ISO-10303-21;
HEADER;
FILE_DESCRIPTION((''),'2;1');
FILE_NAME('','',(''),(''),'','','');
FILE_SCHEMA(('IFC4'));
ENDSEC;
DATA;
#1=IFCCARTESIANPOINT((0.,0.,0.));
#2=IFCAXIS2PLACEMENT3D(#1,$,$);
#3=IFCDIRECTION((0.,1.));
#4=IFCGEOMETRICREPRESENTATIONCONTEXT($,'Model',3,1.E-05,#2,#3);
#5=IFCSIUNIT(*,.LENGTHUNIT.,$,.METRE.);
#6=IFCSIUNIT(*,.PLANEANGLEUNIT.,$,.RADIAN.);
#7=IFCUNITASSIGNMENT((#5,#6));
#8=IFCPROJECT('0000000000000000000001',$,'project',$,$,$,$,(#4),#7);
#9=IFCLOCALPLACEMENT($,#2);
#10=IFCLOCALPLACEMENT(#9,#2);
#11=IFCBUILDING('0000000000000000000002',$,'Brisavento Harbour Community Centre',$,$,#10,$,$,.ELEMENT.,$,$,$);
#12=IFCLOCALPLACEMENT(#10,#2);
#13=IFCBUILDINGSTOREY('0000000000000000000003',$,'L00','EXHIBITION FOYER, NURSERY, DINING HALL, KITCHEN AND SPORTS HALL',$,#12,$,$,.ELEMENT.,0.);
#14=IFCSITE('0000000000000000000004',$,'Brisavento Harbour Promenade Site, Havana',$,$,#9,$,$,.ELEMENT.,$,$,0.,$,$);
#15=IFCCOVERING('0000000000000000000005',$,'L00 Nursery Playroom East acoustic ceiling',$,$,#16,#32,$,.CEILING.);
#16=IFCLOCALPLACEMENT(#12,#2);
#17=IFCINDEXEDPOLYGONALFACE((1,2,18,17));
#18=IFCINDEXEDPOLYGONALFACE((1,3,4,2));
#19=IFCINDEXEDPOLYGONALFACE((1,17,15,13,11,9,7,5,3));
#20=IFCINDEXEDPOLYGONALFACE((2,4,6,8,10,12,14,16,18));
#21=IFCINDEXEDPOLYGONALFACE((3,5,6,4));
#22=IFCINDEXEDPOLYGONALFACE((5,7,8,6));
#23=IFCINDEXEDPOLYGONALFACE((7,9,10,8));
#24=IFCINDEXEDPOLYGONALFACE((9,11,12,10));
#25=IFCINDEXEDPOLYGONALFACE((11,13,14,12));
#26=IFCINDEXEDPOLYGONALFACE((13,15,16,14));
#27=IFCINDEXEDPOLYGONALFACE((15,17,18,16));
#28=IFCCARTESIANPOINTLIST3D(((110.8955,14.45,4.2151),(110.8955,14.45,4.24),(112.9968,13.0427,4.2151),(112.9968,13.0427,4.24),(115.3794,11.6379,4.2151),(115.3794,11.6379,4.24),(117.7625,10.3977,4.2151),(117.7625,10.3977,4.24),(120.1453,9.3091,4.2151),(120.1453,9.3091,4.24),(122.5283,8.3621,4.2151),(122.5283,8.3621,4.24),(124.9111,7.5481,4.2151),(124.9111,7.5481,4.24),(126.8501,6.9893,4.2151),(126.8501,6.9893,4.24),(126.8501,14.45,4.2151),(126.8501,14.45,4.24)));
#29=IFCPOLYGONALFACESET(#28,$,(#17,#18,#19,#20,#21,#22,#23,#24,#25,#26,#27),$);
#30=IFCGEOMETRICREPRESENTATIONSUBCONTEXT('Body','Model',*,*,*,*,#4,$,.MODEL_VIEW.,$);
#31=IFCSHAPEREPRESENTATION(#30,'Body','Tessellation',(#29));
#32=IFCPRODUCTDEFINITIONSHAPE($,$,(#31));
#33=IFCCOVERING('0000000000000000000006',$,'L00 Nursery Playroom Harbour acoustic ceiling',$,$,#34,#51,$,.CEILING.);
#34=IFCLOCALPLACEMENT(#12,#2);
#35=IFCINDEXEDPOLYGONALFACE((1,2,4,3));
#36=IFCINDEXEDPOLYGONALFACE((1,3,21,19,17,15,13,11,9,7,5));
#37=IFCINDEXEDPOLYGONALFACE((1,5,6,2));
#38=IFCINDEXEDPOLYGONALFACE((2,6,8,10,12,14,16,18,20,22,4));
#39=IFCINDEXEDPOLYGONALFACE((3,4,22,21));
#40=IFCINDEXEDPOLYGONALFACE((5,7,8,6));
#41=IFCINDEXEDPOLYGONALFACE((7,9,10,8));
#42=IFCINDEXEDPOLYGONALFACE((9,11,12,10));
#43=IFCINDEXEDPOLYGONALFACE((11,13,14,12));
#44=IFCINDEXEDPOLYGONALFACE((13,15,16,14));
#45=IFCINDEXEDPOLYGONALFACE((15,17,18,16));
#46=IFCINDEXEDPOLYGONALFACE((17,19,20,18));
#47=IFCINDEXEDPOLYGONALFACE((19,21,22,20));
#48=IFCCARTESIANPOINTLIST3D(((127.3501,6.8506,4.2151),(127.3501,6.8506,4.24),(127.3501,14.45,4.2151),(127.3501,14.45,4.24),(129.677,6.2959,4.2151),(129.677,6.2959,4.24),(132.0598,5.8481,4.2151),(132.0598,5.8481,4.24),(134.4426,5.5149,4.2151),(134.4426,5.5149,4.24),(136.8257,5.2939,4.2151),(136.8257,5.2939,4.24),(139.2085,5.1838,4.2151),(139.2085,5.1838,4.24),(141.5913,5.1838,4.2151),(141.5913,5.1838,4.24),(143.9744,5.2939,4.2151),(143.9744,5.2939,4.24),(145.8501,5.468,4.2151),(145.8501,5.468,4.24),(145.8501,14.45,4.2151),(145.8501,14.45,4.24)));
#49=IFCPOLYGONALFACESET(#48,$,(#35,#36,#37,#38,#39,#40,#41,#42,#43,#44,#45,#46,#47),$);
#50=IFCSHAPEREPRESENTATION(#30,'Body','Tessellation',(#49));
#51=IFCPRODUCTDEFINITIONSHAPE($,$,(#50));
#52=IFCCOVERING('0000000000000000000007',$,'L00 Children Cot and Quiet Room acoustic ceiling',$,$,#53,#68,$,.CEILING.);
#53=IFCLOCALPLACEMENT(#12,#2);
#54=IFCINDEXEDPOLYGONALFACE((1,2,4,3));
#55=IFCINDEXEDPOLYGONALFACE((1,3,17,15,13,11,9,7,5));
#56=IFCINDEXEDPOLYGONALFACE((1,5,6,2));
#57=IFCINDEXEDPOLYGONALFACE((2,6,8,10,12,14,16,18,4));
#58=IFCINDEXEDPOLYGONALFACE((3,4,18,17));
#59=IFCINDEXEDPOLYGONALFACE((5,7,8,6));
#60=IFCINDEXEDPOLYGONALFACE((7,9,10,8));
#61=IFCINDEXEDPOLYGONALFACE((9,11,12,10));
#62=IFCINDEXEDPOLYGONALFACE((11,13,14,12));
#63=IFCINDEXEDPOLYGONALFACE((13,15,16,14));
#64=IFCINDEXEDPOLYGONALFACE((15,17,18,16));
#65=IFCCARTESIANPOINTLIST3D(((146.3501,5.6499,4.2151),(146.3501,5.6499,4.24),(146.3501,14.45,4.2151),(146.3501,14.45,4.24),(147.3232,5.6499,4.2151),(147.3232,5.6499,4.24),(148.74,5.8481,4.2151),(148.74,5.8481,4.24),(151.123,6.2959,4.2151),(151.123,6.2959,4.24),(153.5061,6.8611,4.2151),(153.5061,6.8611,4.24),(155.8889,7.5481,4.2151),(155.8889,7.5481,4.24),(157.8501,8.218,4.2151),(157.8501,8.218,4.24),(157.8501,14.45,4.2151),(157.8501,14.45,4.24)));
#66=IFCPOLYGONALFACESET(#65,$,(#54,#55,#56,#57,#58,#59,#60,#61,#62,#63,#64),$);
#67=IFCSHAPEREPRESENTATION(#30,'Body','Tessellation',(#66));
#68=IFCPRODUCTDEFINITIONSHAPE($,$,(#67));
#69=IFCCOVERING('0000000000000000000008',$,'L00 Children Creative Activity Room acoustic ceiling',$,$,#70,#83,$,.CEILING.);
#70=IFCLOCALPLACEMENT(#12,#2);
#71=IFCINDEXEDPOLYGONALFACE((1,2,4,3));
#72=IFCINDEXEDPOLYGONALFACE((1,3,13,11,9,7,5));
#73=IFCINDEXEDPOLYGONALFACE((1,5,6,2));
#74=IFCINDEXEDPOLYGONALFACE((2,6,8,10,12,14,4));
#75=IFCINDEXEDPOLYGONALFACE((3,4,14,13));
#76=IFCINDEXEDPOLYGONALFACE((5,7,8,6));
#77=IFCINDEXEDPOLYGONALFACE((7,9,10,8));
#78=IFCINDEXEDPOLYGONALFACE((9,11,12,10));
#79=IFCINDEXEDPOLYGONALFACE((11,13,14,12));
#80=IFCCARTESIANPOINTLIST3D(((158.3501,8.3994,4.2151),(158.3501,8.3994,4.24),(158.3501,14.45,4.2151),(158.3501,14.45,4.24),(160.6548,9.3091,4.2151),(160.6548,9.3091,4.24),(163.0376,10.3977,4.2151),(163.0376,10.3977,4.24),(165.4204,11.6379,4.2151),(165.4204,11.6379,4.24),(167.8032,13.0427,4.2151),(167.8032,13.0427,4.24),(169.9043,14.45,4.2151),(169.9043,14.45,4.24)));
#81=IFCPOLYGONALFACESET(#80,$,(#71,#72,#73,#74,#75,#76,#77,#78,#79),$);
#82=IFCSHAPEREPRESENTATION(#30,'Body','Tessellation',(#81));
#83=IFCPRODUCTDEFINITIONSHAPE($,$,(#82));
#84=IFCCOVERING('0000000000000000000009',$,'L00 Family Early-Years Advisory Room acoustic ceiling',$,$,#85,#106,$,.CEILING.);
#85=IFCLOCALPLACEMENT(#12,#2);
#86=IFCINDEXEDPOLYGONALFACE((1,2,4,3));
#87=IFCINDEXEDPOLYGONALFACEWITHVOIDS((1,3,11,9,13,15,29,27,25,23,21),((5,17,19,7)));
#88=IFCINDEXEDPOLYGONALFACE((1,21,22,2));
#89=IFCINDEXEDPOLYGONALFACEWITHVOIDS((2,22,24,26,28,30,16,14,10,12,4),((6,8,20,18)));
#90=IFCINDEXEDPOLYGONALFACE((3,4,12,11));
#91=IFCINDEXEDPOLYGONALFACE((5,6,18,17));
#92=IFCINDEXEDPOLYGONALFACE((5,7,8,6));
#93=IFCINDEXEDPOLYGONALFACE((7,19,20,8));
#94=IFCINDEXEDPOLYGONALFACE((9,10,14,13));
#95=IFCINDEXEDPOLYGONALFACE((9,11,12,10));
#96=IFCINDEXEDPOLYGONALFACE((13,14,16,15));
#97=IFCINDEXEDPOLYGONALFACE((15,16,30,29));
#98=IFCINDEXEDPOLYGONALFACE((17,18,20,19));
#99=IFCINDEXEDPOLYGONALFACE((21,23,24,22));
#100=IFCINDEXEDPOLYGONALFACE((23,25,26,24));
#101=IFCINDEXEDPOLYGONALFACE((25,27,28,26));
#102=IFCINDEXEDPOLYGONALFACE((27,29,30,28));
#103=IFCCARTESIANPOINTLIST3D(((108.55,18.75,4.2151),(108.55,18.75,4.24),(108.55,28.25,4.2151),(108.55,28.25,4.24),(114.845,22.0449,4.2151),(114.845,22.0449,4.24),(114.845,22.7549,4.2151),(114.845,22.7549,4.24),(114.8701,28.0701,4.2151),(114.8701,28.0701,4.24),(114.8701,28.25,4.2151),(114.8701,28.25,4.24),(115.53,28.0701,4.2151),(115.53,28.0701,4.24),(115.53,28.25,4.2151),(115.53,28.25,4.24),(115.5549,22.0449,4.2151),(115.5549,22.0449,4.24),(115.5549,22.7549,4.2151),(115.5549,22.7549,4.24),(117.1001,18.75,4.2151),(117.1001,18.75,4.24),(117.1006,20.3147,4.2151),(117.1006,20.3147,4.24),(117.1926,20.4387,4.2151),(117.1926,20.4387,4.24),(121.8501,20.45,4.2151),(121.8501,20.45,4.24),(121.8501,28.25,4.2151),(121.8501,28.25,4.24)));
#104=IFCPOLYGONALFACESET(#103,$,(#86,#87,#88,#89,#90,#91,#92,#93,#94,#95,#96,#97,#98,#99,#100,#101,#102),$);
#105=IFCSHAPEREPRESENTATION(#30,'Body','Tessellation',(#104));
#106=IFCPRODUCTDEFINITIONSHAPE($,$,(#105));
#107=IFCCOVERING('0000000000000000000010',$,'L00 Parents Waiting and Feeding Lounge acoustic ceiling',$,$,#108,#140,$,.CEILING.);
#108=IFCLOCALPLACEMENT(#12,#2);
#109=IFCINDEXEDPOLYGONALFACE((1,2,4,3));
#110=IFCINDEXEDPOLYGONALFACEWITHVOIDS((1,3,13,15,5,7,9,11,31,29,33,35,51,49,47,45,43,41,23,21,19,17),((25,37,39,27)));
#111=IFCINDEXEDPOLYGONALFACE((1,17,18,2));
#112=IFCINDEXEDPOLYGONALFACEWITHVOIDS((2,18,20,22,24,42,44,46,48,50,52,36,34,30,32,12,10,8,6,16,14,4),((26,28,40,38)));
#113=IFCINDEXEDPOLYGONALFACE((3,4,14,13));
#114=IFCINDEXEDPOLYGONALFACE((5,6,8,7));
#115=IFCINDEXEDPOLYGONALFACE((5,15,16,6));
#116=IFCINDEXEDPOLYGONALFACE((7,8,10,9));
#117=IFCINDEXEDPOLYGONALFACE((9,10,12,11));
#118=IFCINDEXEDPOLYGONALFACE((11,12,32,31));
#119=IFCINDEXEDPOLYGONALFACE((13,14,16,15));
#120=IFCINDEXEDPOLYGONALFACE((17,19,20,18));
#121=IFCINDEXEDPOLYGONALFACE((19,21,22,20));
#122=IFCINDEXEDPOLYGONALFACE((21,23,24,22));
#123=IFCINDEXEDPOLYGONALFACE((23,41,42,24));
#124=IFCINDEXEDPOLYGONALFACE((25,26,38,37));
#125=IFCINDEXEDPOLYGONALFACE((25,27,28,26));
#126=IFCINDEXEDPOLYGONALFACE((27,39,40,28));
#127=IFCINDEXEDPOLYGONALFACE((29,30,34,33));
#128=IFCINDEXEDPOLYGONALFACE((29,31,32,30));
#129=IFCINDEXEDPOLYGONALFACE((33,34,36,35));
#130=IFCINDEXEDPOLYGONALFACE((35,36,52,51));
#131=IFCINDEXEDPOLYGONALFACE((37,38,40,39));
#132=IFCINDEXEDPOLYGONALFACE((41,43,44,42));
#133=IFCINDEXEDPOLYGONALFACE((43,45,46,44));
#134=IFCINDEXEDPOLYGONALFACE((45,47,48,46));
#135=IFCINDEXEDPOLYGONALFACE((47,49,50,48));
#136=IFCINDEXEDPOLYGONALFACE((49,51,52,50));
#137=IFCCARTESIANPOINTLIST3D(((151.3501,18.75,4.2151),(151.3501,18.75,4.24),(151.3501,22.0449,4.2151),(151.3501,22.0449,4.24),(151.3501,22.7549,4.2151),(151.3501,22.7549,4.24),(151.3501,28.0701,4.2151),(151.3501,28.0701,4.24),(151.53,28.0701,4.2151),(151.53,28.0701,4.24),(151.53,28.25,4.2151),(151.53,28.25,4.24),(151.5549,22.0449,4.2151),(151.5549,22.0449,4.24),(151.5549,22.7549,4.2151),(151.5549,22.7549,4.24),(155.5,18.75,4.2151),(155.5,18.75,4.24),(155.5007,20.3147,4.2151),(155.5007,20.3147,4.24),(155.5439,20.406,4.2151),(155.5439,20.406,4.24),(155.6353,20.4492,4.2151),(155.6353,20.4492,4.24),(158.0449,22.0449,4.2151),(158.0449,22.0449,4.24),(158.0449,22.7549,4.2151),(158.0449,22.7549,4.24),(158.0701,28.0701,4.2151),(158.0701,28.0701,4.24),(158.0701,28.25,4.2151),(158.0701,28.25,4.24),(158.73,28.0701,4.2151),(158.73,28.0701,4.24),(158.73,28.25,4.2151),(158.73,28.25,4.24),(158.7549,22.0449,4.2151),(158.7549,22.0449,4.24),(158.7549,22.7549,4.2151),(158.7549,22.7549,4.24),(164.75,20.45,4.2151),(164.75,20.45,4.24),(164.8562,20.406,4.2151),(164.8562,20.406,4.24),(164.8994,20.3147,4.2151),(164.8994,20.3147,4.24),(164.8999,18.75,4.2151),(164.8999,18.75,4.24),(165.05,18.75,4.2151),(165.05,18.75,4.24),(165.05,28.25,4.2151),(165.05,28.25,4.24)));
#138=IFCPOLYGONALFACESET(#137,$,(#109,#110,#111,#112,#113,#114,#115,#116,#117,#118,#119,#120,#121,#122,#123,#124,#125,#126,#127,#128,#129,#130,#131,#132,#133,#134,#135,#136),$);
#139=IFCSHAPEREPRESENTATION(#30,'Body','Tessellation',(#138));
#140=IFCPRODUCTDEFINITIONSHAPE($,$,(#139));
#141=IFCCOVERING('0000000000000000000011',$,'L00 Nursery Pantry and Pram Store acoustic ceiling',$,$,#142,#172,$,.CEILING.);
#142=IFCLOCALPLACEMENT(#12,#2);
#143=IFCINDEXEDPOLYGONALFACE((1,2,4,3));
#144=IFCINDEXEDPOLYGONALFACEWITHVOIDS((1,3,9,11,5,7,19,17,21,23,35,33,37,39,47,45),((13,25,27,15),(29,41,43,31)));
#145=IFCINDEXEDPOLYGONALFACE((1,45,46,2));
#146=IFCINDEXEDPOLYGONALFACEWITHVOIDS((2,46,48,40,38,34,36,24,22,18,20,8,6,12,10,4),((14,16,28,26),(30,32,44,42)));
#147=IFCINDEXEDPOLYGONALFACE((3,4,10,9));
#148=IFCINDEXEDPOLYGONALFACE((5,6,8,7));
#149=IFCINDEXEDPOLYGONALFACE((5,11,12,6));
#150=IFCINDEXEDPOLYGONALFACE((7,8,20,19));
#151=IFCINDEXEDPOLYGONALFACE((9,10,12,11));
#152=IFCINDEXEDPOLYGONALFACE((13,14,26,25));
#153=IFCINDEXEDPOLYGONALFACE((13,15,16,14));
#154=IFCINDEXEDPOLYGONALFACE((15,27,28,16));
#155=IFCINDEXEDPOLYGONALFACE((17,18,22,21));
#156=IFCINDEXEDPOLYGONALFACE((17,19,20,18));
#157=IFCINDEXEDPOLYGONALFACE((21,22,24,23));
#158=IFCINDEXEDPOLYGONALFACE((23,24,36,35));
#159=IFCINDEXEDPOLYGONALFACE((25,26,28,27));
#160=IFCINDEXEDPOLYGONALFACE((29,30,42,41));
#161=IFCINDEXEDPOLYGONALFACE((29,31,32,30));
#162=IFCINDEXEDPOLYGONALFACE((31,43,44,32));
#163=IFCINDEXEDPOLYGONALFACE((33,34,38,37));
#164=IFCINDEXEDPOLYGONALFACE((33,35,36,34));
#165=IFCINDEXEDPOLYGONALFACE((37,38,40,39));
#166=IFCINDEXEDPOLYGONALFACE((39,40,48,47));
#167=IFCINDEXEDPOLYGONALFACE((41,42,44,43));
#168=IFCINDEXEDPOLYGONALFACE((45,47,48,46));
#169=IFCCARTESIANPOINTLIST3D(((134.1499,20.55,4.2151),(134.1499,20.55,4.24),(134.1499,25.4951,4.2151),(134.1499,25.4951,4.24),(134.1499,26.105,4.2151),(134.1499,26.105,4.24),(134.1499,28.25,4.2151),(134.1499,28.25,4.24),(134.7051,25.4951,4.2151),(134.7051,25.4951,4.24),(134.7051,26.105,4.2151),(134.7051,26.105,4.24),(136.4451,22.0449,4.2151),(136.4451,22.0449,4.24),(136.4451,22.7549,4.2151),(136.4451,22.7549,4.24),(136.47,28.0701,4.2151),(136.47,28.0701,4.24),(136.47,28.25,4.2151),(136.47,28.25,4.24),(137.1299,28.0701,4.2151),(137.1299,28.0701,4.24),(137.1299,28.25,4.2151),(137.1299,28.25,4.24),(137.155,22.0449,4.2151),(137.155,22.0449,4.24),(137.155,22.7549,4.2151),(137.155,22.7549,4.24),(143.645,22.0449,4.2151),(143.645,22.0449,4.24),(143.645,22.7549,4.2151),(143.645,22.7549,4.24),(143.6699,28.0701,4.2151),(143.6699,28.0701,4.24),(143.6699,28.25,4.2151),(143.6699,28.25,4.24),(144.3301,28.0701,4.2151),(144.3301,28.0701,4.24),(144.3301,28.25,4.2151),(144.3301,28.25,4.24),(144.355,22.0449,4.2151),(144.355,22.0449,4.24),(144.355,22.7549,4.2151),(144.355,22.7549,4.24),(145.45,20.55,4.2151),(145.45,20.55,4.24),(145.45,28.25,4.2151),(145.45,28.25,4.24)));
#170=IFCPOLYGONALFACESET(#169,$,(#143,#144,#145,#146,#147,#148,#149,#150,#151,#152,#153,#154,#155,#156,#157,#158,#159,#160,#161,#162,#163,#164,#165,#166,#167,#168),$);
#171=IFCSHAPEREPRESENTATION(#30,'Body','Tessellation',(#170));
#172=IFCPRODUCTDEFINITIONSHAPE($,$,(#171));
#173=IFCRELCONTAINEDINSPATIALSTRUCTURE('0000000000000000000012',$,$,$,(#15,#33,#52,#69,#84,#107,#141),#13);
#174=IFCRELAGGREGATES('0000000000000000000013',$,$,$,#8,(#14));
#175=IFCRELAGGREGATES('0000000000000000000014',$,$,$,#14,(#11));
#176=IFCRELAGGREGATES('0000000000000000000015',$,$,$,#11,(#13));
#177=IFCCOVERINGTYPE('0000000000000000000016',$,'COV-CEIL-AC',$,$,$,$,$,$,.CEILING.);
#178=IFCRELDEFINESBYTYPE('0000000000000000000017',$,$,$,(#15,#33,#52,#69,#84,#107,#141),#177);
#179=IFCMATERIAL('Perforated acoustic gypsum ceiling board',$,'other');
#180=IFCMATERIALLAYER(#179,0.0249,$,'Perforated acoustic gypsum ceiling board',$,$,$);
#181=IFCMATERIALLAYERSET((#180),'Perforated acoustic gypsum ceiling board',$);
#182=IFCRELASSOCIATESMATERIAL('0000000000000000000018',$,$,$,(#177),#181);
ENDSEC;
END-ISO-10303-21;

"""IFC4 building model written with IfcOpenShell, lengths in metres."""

from ifc_helpers import new_model, si_unit, direction, frame, origin, place, context, subcontext, project, spatial, polyline, outline, extrude, material, layer, layer_set, type_object, element, save


model = new_model("IFC4")

# Units and contexts
model_context = context("Model", 3, precision=1e-05, world=origin(), true_north=direction((0.0, 1.0)))
body_context = subcontext(model_context, "Body", "Model", "MODEL_VIEW")
ifc_project = project(units=[si_unit("LENGTHUNIT", "METRE"), si_unit("PLANEANGLEUNIT", "RADIAN")], contexts=[model_context])

# Site, building, storey
site_placement = place(None, origin())
site = spatial("IfcSite", under=ifc_project, at=site_placement, Name="Brisavento Harbour Promenade Site, Havana", CompositionType="ELEMENT", RefElevation=0.0)
building_placement = place(site_placement, origin())
building = spatial("IfcBuilding", under=site, at=building_placement, Name="Brisavento Harbour Community Centre", CompositionType="ELEMENT")
storey_placement = place(building_placement, origin())
storey = spatial("IfcBuildingStorey", under=building, at=storey_placement, Name="L00", Description="EXHIBITION FOYER, NURSERY, DINING HALL, KITCHEN AND SPORTS HALL", CompositionType="ELEMENT", Elevation=0.0)

# Coverings
ifc_material_1 = material(Name="Perforated acoustic gypsum ceiling board", Category="other")
ifc_layer_1 = layer(ifc_material_1, 0.0249, Name="Perforated acoustic gypsum ceiling board")
ifc_layer_set_1 = layer_set([ifc_layer_1], Name="Perforated acoustic gypsum ceiling board")
covering_type_1 = type_object("IfcCoveringType", Name="COV-CEIL-AC", PredefinedType="CEILING", material=ifc_layer_set_1)
covering_1_placement = place(storey_placement, frame((0.0, 0.0, 4.2151)))
element("IfcCovering", 1, at=covering_1_placement, inside=storey, type_object=covering_type_1, Name="L00 Nursery Playroom East acoustic ceiling", PredefinedType="CEILING", context=body_context, shape_type="SweptSolid", body=[
    extrude(outline(polyline([(110.8955, 14.45), (112.9968, 13.0427), (115.3794, 11.6379), (117.7625, 10.3977), (120.1453, 9.3091), (122.5283, 8.3621), (124.9111, 7.5481), (126.8501, 6.9893), (126.8501, 14.45), (110.8955, 14.45)])), origin(), (0.0, 0.0, 1.0), 0.0249),
])
covering_2_placement = place(storey_placement, frame((0.0, 0.0, 4.2151)))
element("IfcCovering", 2, at=covering_2_placement, inside=storey, type_object=covering_type_1, Name="L00 Nursery Playroom Harbour acoustic ceiling", PredefinedType="CEILING", context=body_context, shape_type="SweptSolid", body=[
    extrude(outline(polyline([(127.3501, 6.8506), (129.677, 6.2959), (132.0598, 5.8481), (134.4426, 5.5149), (136.8257, 5.2939), (139.2085, 5.1838), (141.5913, 5.1838), (143.9744, 5.2939), (145.8501, 5.468), (145.8501, 14.45), (127.3501, 14.45), (127.3501, 6.8506)])), origin(), (0.0, 0.0, 1.0), 0.0249),
])
covering_3_placement = place(storey_placement, frame((0.0, 0.0, 4.2151)))
element("IfcCovering", 3, at=covering_3_placement, inside=storey, type_object=covering_type_1, Name="L00 Children Cot and Quiet Room acoustic ceiling", PredefinedType="CEILING", context=body_context, shape_type="SweptSolid", body=[
    extrude(outline(polyline([(147.3232, 5.6499), (148.74, 5.8481), (151.123, 6.2959), (153.5061, 6.8611), (155.8889, 7.5481), (157.8501, 8.218), (157.8501, 14.45), (146.3501, 14.45), (146.3501, 5.6499), (147.3232, 5.6499)])), origin(), (0.0, 0.0, 1.0), 0.0249),
])
covering_4_placement = place(storey_placement, frame((0.0, 0.0, 4.2151)))
element("IfcCovering", 4, at=covering_4_placement, inside=storey, type_object=covering_type_1, Name="L00 Children Creative Activity Room acoustic ceiling", PredefinedType="CEILING", context=body_context, shape_type="SweptSolid", body=[
    extrude(outline(polyline([(158.3501, 8.3994), (160.6548, 9.3091), (163.0376, 10.3977), (165.4204, 11.6379), (167.8032, 13.0427), (169.9043, 14.45), (158.3501, 14.45), (158.3501, 8.3994)])), origin(), (0.0, 0.0, 1.0), 0.0249),
])
covering_5_placement = place(storey_placement, frame((0.0, 0.0, 4.2151)))
element("IfcCovering", 5, at=covering_5_placement, inside=storey, type_object=covering_type_1, Name="L00 Family Early-Years Advisory Room acoustic ceiling", PredefinedType="CEILING", context=body_context, shape_type="SweptSolid", body=[
    extrude(outline(polyline([(114.8701, 28.25), (108.55, 28.25), (108.55, 18.75), (117.1001, 18.75), (117.1006, 20.3147), (117.1926, 20.4387), (121.8501, 20.45), (121.8501, 28.25), (115.53, 28.25), (115.53, 28.0701), (114.8701, 28.0701), (114.8701, 28.25)]), holes=[polyline([(114.845, 22.7549), (115.5549, 22.7549), (115.5549, 22.0449), (114.845, 22.0449), (114.845, 22.7549)])]), origin(), (0.0, 0.0, 1.0), 0.0249),
])
covering_6_placement = place(storey_placement, frame((0.0, 0.0, 4.2151)))
element("IfcCovering", 6, at=covering_6_placement, inside=storey, type_object=covering_type_1, Name="L00 Parents Waiting and Feeding Lounge acoustic ceiling", PredefinedType="CEILING", context=body_context, shape_type="SweptSolid", body=[
    extrude(outline(polyline([(151.3501, 22.7549), (151.5549, 22.7549), (151.5549, 22.0449), (151.3501, 22.0449), (151.3501, 18.75), (155.5, 18.75), (155.5007, 20.3147), (155.5439, 20.406), (155.6353, 20.4492), (164.75, 20.45), (164.8562, 20.406), (164.8994, 20.3147), (164.8999, 18.75), (165.05, 18.75), (165.05, 28.25), (158.73, 28.25), (158.73, 28.0701), (158.0701, 28.0701), (158.0701, 28.25), (151.53, 28.25), (151.53, 28.0701), (151.3501, 28.0701), (151.3501, 22.7549)]), holes=[polyline([(158.0449, 22.7549), (158.7549, 22.7549), (158.7549, 22.0449), (158.0449, 22.0449), (158.0449, 22.7549)])]), origin(), (0.0, 0.0, 1.0), 0.0249),
])
covering_7_placement = place(storey_placement, frame((0.0, 0.0, 4.2151)))
element("IfcCovering", 7, at=covering_7_placement, inside=storey, type_object=covering_type_1, Name="L00 Nursery Pantry and Pram Store acoustic ceiling", PredefinedType="CEILING", context=body_context, shape_type="SweptSolid", body=[
    extrude(outline(polyline([(137.1299, 28.0701), (136.47, 28.0701), (136.47, 28.25), (134.1499, 28.25), (134.1499, 26.105), (134.7051, 26.105), (134.7051, 25.4951), (134.1499, 25.4951), (134.1499, 20.55), (145.45, 20.55), (145.45, 28.25), (144.3301, 28.25), (144.3301, 28.0701), (143.6699, 28.0701), (143.6699, 28.25), (137.1299, 28.25), (137.1299, 28.0701)]), holes=[polyline([(137.155, 22.0449), (136.4451, 22.0449), (136.4451, 22.7549), (137.155, 22.7549), (137.155, 22.0449)]), polyline([(143.645, 22.7549), (144.355, 22.7549), (144.355, 22.0449), (143.645, 22.0449), (143.645, 22.7549)])]), origin(), (0.0, 0.0, 1.0), 0.0249),
])

save(model, "model.ifc")
